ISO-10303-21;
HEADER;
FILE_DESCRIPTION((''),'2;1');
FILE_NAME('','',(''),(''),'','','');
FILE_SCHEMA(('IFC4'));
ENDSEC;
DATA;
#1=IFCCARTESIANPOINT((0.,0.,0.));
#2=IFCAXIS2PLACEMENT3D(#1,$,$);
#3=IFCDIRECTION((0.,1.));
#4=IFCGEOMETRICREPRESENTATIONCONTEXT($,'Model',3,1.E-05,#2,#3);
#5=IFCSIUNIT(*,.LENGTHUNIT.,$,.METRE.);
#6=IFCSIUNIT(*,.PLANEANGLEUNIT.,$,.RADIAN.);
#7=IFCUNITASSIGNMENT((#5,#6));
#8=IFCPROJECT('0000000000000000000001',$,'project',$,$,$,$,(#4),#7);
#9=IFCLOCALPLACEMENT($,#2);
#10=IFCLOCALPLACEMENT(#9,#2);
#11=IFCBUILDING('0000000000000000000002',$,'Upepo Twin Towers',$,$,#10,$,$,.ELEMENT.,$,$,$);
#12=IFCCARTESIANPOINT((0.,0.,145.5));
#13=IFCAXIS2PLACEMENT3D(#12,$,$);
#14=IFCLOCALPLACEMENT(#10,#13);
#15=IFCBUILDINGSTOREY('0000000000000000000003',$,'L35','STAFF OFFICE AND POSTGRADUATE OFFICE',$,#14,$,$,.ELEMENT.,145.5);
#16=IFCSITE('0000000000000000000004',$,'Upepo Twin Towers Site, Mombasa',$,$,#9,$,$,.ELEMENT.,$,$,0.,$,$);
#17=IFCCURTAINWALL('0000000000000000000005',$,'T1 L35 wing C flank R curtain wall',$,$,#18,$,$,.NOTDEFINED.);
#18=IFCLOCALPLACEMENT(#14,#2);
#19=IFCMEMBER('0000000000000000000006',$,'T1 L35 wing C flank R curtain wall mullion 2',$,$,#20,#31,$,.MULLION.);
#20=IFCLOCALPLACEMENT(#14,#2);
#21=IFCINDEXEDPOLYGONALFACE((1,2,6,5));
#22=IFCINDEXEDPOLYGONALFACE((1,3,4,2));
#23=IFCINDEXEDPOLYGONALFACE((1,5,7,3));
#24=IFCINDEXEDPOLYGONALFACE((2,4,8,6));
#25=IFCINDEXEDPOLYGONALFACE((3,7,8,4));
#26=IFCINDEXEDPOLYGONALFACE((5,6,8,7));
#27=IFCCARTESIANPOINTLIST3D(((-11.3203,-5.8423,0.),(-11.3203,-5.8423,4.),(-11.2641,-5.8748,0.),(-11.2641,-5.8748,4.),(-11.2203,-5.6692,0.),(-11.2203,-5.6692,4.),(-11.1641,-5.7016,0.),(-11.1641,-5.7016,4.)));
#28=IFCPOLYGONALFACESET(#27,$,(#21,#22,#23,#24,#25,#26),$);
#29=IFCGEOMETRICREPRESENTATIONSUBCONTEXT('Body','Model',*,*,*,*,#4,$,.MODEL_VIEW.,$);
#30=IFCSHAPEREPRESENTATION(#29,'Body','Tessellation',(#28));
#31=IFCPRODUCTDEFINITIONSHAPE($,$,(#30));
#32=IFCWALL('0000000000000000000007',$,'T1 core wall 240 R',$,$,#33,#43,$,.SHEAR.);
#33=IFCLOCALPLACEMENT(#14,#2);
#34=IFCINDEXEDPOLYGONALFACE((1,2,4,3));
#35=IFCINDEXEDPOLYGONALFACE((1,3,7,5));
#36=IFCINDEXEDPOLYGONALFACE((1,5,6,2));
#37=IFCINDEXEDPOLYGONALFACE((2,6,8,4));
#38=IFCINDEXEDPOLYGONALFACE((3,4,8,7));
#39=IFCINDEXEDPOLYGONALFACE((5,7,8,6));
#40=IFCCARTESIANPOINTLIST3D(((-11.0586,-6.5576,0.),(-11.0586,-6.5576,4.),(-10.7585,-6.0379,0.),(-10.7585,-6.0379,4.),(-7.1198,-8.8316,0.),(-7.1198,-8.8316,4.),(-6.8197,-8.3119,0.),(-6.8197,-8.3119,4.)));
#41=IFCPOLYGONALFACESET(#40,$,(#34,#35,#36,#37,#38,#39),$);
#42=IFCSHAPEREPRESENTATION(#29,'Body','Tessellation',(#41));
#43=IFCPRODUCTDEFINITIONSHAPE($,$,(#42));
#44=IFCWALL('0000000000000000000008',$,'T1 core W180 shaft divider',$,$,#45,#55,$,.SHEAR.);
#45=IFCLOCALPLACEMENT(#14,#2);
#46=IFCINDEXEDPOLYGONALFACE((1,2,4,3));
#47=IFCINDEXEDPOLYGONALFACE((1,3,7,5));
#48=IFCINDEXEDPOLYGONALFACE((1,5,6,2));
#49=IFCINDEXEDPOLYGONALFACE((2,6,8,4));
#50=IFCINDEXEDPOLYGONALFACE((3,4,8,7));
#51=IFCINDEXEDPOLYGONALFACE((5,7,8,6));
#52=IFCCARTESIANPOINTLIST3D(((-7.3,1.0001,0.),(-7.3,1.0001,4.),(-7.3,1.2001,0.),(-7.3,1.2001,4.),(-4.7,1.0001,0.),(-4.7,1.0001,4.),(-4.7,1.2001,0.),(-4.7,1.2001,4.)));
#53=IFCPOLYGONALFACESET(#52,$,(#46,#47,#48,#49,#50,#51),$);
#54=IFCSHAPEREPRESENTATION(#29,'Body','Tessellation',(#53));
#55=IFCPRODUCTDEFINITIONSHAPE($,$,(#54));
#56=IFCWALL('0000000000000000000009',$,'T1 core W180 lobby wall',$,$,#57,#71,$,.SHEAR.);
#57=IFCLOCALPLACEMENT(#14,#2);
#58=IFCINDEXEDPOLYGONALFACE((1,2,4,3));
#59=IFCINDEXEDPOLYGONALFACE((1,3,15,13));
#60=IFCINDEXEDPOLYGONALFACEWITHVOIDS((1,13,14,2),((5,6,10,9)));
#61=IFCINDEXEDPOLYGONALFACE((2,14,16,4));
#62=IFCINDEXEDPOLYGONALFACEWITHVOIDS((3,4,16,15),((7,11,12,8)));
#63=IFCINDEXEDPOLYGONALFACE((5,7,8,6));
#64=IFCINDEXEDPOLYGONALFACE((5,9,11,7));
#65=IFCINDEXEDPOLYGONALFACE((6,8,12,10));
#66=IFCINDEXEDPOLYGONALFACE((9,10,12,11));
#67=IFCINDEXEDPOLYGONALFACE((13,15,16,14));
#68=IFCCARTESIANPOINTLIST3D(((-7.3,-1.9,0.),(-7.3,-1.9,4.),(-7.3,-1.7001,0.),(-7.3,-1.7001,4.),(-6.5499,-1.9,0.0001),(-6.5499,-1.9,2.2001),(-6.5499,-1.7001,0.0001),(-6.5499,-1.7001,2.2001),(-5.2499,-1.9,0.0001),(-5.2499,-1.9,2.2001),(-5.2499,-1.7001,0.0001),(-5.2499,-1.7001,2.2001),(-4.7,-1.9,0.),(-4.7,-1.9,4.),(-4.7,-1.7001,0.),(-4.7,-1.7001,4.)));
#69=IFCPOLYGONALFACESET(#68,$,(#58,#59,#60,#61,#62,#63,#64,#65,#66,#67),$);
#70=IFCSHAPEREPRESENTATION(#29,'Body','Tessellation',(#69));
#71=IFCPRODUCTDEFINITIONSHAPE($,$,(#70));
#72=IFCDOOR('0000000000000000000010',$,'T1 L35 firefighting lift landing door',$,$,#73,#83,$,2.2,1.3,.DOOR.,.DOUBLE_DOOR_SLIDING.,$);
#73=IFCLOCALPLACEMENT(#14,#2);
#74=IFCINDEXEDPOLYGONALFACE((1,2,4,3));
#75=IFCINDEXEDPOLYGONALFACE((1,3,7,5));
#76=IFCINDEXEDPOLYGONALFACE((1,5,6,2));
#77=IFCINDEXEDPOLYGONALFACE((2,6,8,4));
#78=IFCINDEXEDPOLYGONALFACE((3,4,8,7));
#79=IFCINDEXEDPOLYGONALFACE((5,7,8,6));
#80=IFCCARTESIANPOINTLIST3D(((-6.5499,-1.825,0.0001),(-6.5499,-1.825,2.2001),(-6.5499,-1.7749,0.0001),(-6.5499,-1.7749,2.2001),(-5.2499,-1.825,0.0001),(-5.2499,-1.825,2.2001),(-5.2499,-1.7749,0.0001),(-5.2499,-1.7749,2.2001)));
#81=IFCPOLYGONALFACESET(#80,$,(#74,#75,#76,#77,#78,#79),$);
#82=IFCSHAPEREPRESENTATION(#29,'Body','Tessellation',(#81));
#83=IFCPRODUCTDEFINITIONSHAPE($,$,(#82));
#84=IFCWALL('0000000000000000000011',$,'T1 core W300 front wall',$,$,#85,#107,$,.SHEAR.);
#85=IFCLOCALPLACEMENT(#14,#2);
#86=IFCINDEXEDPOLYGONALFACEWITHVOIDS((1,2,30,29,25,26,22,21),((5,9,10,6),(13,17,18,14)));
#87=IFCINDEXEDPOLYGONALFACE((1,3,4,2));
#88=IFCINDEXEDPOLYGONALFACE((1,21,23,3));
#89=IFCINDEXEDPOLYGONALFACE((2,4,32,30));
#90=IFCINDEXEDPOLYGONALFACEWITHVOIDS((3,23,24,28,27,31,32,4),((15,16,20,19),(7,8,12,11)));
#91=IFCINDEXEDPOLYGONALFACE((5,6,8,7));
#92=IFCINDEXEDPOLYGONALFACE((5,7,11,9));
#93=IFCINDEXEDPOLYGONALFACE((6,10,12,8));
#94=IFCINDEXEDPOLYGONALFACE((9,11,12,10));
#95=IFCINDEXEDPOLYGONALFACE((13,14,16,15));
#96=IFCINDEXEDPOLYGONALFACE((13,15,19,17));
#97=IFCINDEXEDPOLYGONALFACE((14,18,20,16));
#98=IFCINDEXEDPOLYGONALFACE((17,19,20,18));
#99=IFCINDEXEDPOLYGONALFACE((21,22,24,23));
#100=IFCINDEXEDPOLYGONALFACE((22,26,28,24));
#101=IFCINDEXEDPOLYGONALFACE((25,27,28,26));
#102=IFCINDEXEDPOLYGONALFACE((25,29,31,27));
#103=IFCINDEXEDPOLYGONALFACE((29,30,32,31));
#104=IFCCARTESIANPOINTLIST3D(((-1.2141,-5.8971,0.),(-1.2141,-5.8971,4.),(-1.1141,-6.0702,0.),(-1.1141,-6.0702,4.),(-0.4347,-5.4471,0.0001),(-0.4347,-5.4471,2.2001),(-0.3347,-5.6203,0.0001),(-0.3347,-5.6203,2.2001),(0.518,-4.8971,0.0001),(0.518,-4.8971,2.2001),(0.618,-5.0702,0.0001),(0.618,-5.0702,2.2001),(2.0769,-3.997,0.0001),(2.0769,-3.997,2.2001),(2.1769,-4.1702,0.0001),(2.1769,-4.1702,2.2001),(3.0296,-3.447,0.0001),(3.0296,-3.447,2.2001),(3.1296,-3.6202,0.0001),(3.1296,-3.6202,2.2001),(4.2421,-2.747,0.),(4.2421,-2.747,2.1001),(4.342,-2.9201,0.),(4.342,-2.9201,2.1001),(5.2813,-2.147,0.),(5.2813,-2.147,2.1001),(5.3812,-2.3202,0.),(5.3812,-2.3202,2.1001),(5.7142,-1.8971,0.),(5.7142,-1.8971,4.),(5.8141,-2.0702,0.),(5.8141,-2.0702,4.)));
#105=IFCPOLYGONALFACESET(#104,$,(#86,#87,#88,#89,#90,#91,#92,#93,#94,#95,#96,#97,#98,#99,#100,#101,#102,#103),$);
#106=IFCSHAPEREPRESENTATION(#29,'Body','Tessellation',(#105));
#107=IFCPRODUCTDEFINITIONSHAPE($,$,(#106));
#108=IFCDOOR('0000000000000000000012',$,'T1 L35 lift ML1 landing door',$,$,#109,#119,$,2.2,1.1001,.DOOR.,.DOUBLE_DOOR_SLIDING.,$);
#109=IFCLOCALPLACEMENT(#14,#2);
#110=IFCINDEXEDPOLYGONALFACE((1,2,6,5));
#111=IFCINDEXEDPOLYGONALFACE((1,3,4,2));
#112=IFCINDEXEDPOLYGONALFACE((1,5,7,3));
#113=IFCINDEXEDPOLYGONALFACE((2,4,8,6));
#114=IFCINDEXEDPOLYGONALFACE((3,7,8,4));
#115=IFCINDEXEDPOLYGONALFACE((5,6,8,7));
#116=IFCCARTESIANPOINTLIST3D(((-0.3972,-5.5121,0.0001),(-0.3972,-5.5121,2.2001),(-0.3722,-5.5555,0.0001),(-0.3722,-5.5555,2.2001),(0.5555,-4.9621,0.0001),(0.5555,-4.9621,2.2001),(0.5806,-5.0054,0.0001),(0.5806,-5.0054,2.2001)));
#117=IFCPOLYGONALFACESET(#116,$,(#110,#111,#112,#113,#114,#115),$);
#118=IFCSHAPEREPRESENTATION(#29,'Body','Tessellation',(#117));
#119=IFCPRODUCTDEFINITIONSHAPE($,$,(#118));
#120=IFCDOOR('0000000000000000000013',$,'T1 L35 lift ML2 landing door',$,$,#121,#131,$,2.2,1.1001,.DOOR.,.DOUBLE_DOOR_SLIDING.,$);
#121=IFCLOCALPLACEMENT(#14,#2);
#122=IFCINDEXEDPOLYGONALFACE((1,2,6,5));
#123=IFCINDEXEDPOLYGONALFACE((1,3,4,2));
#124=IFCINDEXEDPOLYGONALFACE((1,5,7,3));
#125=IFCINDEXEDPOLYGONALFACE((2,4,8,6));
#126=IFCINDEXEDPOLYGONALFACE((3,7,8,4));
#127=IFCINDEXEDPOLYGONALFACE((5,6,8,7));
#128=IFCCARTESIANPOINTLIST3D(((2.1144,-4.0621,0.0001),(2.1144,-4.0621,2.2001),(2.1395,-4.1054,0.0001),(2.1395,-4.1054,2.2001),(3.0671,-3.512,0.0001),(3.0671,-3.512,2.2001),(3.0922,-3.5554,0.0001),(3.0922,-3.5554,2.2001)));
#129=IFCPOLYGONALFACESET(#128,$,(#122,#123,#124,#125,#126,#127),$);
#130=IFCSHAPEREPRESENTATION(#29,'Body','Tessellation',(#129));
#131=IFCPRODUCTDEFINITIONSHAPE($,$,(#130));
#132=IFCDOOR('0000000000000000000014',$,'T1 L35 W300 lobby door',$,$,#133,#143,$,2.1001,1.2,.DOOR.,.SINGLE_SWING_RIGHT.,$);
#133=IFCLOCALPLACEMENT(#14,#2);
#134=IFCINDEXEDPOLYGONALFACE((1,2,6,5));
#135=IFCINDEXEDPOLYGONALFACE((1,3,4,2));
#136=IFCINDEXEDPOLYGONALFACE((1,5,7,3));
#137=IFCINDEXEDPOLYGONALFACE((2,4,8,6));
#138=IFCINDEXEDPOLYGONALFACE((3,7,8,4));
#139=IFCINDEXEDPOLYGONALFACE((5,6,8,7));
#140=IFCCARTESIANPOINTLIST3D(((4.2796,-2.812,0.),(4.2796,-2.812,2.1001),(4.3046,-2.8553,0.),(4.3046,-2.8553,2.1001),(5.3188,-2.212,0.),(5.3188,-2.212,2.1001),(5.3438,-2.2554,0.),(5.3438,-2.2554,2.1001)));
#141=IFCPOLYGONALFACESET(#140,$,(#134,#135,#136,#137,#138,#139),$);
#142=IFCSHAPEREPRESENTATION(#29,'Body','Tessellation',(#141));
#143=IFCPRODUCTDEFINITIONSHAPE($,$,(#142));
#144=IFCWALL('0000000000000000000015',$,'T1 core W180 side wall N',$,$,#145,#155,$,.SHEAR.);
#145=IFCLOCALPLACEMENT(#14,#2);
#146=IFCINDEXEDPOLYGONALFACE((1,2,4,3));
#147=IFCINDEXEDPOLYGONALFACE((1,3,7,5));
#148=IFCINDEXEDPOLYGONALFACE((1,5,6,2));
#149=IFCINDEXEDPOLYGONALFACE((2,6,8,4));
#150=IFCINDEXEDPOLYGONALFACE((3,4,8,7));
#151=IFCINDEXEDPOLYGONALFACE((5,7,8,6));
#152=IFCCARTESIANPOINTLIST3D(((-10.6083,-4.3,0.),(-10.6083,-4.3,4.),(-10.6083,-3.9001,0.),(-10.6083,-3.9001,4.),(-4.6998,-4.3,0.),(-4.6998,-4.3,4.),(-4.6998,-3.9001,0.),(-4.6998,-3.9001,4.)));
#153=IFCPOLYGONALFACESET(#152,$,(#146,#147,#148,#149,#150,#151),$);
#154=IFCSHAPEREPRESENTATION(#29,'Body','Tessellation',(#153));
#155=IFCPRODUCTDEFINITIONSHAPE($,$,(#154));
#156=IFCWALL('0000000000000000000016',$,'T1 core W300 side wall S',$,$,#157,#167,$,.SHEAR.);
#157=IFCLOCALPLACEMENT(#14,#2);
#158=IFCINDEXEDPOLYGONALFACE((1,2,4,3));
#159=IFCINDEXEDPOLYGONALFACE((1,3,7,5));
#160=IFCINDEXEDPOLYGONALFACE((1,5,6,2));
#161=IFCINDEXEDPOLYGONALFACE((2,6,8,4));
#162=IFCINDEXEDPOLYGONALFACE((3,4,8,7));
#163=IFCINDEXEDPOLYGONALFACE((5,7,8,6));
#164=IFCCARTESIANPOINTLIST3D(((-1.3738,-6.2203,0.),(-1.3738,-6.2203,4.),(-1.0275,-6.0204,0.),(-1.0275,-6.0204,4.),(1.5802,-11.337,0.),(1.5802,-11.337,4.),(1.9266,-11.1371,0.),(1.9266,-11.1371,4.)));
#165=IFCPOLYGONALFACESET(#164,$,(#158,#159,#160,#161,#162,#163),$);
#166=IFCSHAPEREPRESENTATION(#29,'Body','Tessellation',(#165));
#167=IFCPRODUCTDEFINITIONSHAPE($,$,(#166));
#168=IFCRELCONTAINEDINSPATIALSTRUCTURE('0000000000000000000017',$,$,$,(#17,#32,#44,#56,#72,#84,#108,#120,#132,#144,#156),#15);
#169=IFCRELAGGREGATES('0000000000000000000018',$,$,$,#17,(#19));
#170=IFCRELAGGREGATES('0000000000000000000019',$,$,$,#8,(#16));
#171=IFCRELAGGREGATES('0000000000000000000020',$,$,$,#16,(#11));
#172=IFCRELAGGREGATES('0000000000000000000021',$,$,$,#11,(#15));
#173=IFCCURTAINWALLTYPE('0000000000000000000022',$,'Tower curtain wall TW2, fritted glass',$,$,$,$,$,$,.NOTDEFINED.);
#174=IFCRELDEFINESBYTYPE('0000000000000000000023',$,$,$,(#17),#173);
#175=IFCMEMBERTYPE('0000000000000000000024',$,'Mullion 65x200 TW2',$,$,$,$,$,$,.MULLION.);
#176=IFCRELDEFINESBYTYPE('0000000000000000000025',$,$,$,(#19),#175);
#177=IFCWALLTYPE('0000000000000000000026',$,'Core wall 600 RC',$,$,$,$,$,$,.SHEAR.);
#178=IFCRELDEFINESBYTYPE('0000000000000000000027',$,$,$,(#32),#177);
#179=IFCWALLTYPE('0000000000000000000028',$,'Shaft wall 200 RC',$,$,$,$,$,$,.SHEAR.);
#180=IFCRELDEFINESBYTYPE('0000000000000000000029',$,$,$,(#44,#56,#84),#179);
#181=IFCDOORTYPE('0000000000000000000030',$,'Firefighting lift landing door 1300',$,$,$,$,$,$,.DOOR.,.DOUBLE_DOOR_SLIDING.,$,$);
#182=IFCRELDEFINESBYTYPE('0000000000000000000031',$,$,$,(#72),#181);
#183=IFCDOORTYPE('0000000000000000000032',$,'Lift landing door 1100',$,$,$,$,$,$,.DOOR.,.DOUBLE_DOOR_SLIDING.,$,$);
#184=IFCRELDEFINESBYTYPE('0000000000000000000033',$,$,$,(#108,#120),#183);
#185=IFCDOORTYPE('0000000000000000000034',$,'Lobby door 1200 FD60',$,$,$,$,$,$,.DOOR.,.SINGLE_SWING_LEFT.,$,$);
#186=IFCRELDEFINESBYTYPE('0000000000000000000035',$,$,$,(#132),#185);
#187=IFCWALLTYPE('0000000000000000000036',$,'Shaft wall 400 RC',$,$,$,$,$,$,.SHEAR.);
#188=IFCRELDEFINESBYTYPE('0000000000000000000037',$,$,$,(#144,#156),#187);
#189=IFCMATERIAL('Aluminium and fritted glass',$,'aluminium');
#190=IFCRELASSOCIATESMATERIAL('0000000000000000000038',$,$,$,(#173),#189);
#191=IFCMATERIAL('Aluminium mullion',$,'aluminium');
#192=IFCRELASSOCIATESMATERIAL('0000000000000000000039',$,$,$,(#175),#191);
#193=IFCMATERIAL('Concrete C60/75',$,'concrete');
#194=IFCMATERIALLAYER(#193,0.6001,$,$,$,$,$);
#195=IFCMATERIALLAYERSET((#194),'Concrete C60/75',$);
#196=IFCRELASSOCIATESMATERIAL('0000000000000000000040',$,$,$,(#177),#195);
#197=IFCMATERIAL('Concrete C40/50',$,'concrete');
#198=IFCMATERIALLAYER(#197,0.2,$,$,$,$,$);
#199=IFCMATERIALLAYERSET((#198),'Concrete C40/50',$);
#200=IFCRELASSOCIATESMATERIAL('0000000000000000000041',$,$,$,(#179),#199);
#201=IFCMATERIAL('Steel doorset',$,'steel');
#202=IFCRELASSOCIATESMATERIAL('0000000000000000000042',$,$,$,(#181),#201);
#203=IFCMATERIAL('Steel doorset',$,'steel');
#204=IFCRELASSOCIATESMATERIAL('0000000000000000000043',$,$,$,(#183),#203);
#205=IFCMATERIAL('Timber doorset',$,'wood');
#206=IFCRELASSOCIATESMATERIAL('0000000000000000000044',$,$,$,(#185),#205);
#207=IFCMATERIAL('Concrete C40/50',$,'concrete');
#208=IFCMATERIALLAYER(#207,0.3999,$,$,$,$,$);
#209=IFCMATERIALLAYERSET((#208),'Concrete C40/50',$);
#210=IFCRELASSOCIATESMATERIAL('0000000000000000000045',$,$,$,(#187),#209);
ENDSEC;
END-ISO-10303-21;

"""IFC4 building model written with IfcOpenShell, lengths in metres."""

from ifc_helpers import new_model, si_unit, direction, frame, frame_2d, origin, origin_2d, place, context, subcontext, project, spatial, rectangle, extrude, material, layer, layer_set, material_profile, profile_set, type_object, element, fill, aggregate, save


model = new_model("IFC4")

# Units and contexts
model_context = context("Model", 3, precision=1e-05, world=origin(), true_north=direction((0.0, 1.0)))
body_context = subcontext(model_context, "Body", "Model", "MODEL_VIEW")
ifc_project = project(units=[si_unit("LENGTHUNIT", "METRE"), si_unit("PLANEANGLEUNIT", "RADIAN")], contexts=[model_context])

# Site, building, storey
site_placement = place(None, origin())
site = spatial("IfcSite", under=ifc_project, at=site_placement, Name="Upepo Twin Towers Site, Mombasa", CompositionType="ELEMENT", RefElevation=0.0)
building_placement = place(site_placement, origin())
building = spatial("IfcBuilding", under=site, at=building_placement, Name="Upepo Twin Towers", CompositionType="ELEMENT")
storey_placement = place(building_placement, frame((0.0, 0.0, 145.5)))
storey = spatial("IfcBuildingStorey", under=building, at=storey_placement, Name="L35", Description="STAFF OFFICE AND POSTGRADUATE OFFICE", CompositionType="ELEMENT", Elevation=145.5)

# Curtain wall, member
ifc_material_1 = material(Name="Aluminium and fritted glass", Category="aluminium")
curtain_wall_type = type_object("IfcCurtainWallType", Name="Tower curtain wall TW2, fritted glass", PredefinedType="NOTDEFINED", material=ifc_material_1)
curtain_wall_placement = place(storey_placement, origin())
curtain_wall = element("IfcCurtainWall", 1, at=curtain_wall_placement, inside=storey, type_object=curtain_wall_type, Name="T1 L35 wing C flank R curtain wall", PredefinedType="NOTDEFINED")
ifc_material_2 = material(Name="Aluminium mullion", Category="aluminium")
ifc_material_profile = material_profile(ifc_material_2, rectangle(XDim=0.0649, YDim=0.2, at=origin_2d()), Name="MULLION 65x200")
ifc_profile_set = profile_set([ifc_material_profile], Name="Aluminium mullion")
member_type = type_object("IfcMemberType", Name="Mullion 65x200 TW2", PredefinedType="MULLION", material=ifc_profile_set)
member_placement = place(storey_placement, frame((-11.2422, -5.772, 0.0), z_axis=(0.0, 0.0, 1.0), x_axis=(-0.866025, 0.5, 0.0)))
member = element("IfcMember", 2, at=member_placement, type_object=member_type, Name="T1 L35 wing C flank R curtain wall mullion 2", PredefinedType="MULLION", context=body_context, shape_type="SweptSolid", body=[
    extrude(rectangle(XDim=0.0649, YDim=0.2, at=origin_2d()), origin(), (0.0, 0.0, 1.0), 4.0),
])
aggregate(curtain_wall, [member])

# Walls
ifc_material_3 = material(Name="Concrete C60/75", Category="concrete")
ifc_layer_1 = layer(ifc_material_3, 0.6001)
ifc_layer_set_1 = layer_set([ifc_layer_1], Name="Concrete C60/75")
wall_type_1 = type_object("IfcWallType", Name="Core wall 600 RC", PredefinedType="SHEAR", material=ifc_layer_set_1)
wall_1_placement = place(storey_placement, frame((-10.9084, -6.2979, 0.0), z_axis=(0.0, 0.0, 1.0), x_axis=(0.866035, -0.499984, 0.0)))
element("IfcWall", 3, at=wall_1_placement, inside=storey, type_object=wall_type_1, Name="T1 core wall 240 R", PredefinedType="SHEAR", context=body_context, shape_type="SweptSolid", body=[
    extrude(rectangle(XDim=4.5481, YDim=0.6001, at=frame_2d((2.2739, 0.0))), origin(), (0.0, 0.0, 1.0), 4.0),
])
ifc_material_4 = material(Name="Concrete C40/50", Category="concrete")
ifc_layer_2 = layer(ifc_material_4, 0.2)
ifc_layer_set_2 = layer_set([ifc_layer_2], Name="Concrete C40/50")
wall_type_2 = type_object("IfcWallType", Name="Shaft wall 200 RC", PredefinedType="SHEAR", material=ifc_layer_set_2)
wall_2_placement = place(storey_placement, frame((-4.7, 1.1001, 0.0), z_axis=(0.0, 0.0, 1.0), x_axis=(-1.0, 0.0, 0.0)))
element("IfcWall", 4, at=wall_2_placement, inside=storey, type_object=wall_type_2, Name="T1 core W180 shaft divider", PredefinedType="SHEAR", context=body_context, shape_type="SweptSolid", body=[
    extrude(rectangle(XDim=2.6001, YDim=0.2, at=frame_2d((1.3, 0.0))), origin(), (0.0, 0.0, 1.0), 4.0),
])

# Wall, opening, door
wall_3_placement = place(storey_placement, frame((-4.7, -1.8, 0.0), z_axis=(0.0, 0.0, 1.0), x_axis=(-1.0, 0.0, 0.0)))
wall_3 = element("IfcWall", 5, at=wall_3_placement, inside=storey, type_object=wall_type_2, Name="T1 core W180 lobby wall", PredefinedType="SHEAR", context=body_context, shape_type="SweptSolid", body=[
    extrude(rectangle(XDim=2.6001, YDim=0.2, at=frame_2d((1.3, 0.0))), origin(), (0.0, 0.0, 1.0), 4.0),
])
opening_1_placement = place(wall_3_placement, frame((0.55, 0.0, 0.0)))
opening_1 = element("IfcOpeningElement", 6, at=opening_1_placement, cuts=wall_3, PredefinedType="OPENING", context=body_context, shape_type="SweptSolid", body=[
    extrude(rectangle(XDim=1.3, YDim=2.2, at=frame_2d((0.6499, 1.1001))), frame((0.0, 0.1099, 0.0), z_axis=(0.0, -1.0, 0.0), x_axis=(1.0, 0.0, 0.0)), (0.0, 0.0, 1.0), 0.22),
])
ifc_material_5 = material(Name="Steel doorset", Category="steel")
door_type_1 = type_object("IfcDoorType", Name="Firefighting lift landing door 1300", OperationType="DOUBLE_DOOR_SLIDING", PredefinedType="DOOR", material=ifc_material_5)
door_1_placement = place(opening_1_placement, origin())
door_1 = element("IfcDoor", 7, at=door_1_placement, inside=storey, type_object=door_type_1, Name="T1 L35 firefighting lift landing door", OperationType="DOUBLE_DOOR_SLIDING", OverallHeight=2.2, OverallWidth=1.3, PredefinedType="DOOR", context=body_context, shape_type="SweptSolid", body=[
    extrude(rectangle(XDim=1.3, YDim=2.2, at=frame_2d((0.6499, 1.1001))), frame((0.0, 0.0249, 0.0), z_axis=(0.0, -1.0, 0.0), x_axis=(1.0, 0.0, 0.0)), (0.0, 0.0, 1.0), 0.05),
])
fill(opening_1, door_1)

# Wall, openings, doors
wall_4_placement = place(storey_placement, frame((-1.1641, -5.9836, 0.0), z_axis=(0.0, 0.0, 1.0), x_axis=(0.866026, 0.499999, 0.0)))
wall_4 = element("IfcWall", 8, at=wall_4_placement, inside=storey, type_object=wall_type_2, Name="T1 core W300 front wall", PredefinedType="SHEAR", context=body_context, shape_type="SweptSolid", body=[
    extrude(rectangle(XDim=8.0, YDim=0.2, at=frame_2d((4.0, 0.0))), origin(), (0.0, 0.0, 1.0), 4.0),
])
opening_2_placement = place(wall_4_placement, frame((6.3, 0.0, 0.0)))
opening_2 = element("IfcOpeningElement", 9, at=opening_2_placement, cuts=wall_4, PredefinedType="OPENING", context=body_context, shape_type="SweptSolid", body=[
    extrude(rectangle(XDim=1.2, YDim=2.1001, at=frame_2d((0.6001, 1.05))), frame((0.0, 0.1099, 0.0), z_axis=(0.0, -1.0, 0.0), x_axis=(1.0, 0.0, 0.0)), (0.0, 0.0, 1.0), 0.22),
])
opening_3_placement = place(wall_4_placement, frame((0.8999, 0.0, 0.0)))
opening_3 = element("IfcOpeningElement", 10, at=opening_3_placement, cuts=wall_4, PredefinedType="OPENING", context=body_context, shape_type="SweptSolid", body=[
    extrude(rectangle(XDim=1.1001, YDim=2.2, at=frame_2d((0.55, 1.1001))), frame((0.0, 0.1099, 0.0), z_axis=(0.0, -1.0, 0.0), x_axis=(1.0, 0.0, 0.0)), (0.0, 0.0, 1.0), 0.22),
])
opening_4_placement = place(wall_4_placement, frame((3.8, 0.0, 0.0)))
opening_4 = element("IfcOpeningElement", 11, at=opening_4_placement, cuts=wall_4, PredefinedType="OPENING", context=body_context, shape_type="SweptSolid", body=[
    extrude(rectangle(XDim=1.1001, YDim=2.2, at=frame_2d((0.55, 1.1001))), frame((0.0, 0.1099, 0.0), z_axis=(0.0, -1.0, 0.0), x_axis=(1.0, 0.0, 0.0)), (0.0, 0.0, 1.0), 0.22),
])
ifc_material_6 = material(Name="Steel doorset", Category="steel")
door_type_2 = type_object("IfcDoorType", Name="Lift landing door 1100", OperationType="DOUBLE_DOOR_SLIDING", PredefinedType="DOOR", material=ifc_material_6)
door_2_placement = place(opening_3_placement, origin())
door_2 = element("IfcDoor", 12, at=door_2_placement, inside=storey, type_object=door_type_2, Name="T1 L35 lift ML1 landing door", OperationType="DOUBLE_DOOR_SLIDING", OverallHeight=2.2, OverallWidth=1.1001, PredefinedType="DOOR", context=body_context, shape_type="SweptSolid", body=[
    extrude(rectangle(XDim=1.1001, YDim=2.2, at=frame_2d((0.55, 1.1001))), frame((0.0, 0.0249, 0.0), z_axis=(0.0, -1.0, 0.0), x_axis=(1.0, 0.0, 0.0)), (0.0, 0.0, 1.0), 0.05),
])
fill(opening_3, door_2)
door_3_placement = place(opening_4_placement, origin())
door_3 = element("IfcDoor", 13, at=door_3_placement, inside=storey, type_object=door_type_2, Name="T1 L35 lift ML2 landing door", OperationType="DOUBLE_DOOR_SLIDING", OverallHeight=2.2, OverallWidth=1.1001, PredefinedType="DOOR", context=body_context, shape_type="SweptSolid", body=[
    extrude(rectangle(XDim=1.1001, YDim=2.2, at=frame_2d((0.55, 1.1001))), frame((0.0, 0.0249, 0.0), z_axis=(0.0, -1.0, 0.0), x_axis=(1.0, 0.0, 0.0)), (0.0, 0.0, 1.0), 0.05),
])
fill(opening_4, door_3)
ifc_material_7 = material(Name="Timber doorset", Category="wood")
door_type_3 = type_object("IfcDoorType", Name="Lobby door 1200 FD60", OperationType="SINGLE_SWING_LEFT", PredefinedType="DOOR", material=ifc_material_7)
door_4_placement = place(opening_2_placement, origin())
door_4 = element("IfcDoor", 14, at=door_4_placement, inside=storey, type_object=door_type_3, Name="T1 L35 W300 lobby door", OperationType="SINGLE_SWING_RIGHT", OverallHeight=2.1001, OverallWidth=1.2, PredefinedType="DOOR", context=body_context, shape_type="SweptSolid", body=[
    extrude(rectangle(XDim=1.2, YDim=2.1001, at=frame_2d((0.6001, 1.05))), frame((0.0, 0.0249, 0.0), z_axis=(0.0, -1.0, 0.0), x_axis=(1.0, 0.0, 0.0)), (0.0, 0.0, 1.0), 0.05),
])
fill(opening_2, door_4)

# Walls
ifc_material_8 = material(Name="Concrete C40/50", Category="concrete")
ifc_layer_3 = layer(ifc_material_8, 0.3999)
ifc_layer_set_3 = layer_set([ifc_layer_3], Name="Concrete C40/50")
wall_type_3 = type_object("IfcWallType", Name="Shaft wall 400 RC", PredefinedType="SHEAR", material=ifc_layer_set_3)
wall_5_placement = place(storey_placement, frame((-4.7, -4.1001, 0.0), z_axis=(0.0, 0.0, 1.0), x_axis=(-1.0, 0.0, 0.0)))
element("IfcWall", 15, at=wall_5_placement, inside=storey, type_object=wall_type_3, Name="T1 core W180 side wall N", PredefinedType="SHEAR", context=body_context, shape_type="SweptSolid", body=[
    extrude(rectangle(XDim=5.9084, YDim=0.3999, at=frame_2d((2.9541, 0.0))), origin(), (0.0, 0.0, 1.0), 4.0),
])
wall_6_placement = place(storey_placement, frame((-1.2007, -6.1204, 0.0), z_axis=(0.0, 0.0, 1.0), x_axis=(0.499997, -0.866027, 0.0)))
element("IfcWall", 16, at=wall_6_placement, inside=storey, type_object=wall_type_3, Name="T1 core W300 side wall S", PredefinedType="SHEAR", context=body_context, shape_type="SweptSolid", body=[
    extrude(rectangle(XDim=5.9082, YDim=0.3999, at=frame_2d((2.9541, 0.0))), origin(), (0.0, 0.0, 1.0), 4.0),
])

save(model, "model.ifc")
